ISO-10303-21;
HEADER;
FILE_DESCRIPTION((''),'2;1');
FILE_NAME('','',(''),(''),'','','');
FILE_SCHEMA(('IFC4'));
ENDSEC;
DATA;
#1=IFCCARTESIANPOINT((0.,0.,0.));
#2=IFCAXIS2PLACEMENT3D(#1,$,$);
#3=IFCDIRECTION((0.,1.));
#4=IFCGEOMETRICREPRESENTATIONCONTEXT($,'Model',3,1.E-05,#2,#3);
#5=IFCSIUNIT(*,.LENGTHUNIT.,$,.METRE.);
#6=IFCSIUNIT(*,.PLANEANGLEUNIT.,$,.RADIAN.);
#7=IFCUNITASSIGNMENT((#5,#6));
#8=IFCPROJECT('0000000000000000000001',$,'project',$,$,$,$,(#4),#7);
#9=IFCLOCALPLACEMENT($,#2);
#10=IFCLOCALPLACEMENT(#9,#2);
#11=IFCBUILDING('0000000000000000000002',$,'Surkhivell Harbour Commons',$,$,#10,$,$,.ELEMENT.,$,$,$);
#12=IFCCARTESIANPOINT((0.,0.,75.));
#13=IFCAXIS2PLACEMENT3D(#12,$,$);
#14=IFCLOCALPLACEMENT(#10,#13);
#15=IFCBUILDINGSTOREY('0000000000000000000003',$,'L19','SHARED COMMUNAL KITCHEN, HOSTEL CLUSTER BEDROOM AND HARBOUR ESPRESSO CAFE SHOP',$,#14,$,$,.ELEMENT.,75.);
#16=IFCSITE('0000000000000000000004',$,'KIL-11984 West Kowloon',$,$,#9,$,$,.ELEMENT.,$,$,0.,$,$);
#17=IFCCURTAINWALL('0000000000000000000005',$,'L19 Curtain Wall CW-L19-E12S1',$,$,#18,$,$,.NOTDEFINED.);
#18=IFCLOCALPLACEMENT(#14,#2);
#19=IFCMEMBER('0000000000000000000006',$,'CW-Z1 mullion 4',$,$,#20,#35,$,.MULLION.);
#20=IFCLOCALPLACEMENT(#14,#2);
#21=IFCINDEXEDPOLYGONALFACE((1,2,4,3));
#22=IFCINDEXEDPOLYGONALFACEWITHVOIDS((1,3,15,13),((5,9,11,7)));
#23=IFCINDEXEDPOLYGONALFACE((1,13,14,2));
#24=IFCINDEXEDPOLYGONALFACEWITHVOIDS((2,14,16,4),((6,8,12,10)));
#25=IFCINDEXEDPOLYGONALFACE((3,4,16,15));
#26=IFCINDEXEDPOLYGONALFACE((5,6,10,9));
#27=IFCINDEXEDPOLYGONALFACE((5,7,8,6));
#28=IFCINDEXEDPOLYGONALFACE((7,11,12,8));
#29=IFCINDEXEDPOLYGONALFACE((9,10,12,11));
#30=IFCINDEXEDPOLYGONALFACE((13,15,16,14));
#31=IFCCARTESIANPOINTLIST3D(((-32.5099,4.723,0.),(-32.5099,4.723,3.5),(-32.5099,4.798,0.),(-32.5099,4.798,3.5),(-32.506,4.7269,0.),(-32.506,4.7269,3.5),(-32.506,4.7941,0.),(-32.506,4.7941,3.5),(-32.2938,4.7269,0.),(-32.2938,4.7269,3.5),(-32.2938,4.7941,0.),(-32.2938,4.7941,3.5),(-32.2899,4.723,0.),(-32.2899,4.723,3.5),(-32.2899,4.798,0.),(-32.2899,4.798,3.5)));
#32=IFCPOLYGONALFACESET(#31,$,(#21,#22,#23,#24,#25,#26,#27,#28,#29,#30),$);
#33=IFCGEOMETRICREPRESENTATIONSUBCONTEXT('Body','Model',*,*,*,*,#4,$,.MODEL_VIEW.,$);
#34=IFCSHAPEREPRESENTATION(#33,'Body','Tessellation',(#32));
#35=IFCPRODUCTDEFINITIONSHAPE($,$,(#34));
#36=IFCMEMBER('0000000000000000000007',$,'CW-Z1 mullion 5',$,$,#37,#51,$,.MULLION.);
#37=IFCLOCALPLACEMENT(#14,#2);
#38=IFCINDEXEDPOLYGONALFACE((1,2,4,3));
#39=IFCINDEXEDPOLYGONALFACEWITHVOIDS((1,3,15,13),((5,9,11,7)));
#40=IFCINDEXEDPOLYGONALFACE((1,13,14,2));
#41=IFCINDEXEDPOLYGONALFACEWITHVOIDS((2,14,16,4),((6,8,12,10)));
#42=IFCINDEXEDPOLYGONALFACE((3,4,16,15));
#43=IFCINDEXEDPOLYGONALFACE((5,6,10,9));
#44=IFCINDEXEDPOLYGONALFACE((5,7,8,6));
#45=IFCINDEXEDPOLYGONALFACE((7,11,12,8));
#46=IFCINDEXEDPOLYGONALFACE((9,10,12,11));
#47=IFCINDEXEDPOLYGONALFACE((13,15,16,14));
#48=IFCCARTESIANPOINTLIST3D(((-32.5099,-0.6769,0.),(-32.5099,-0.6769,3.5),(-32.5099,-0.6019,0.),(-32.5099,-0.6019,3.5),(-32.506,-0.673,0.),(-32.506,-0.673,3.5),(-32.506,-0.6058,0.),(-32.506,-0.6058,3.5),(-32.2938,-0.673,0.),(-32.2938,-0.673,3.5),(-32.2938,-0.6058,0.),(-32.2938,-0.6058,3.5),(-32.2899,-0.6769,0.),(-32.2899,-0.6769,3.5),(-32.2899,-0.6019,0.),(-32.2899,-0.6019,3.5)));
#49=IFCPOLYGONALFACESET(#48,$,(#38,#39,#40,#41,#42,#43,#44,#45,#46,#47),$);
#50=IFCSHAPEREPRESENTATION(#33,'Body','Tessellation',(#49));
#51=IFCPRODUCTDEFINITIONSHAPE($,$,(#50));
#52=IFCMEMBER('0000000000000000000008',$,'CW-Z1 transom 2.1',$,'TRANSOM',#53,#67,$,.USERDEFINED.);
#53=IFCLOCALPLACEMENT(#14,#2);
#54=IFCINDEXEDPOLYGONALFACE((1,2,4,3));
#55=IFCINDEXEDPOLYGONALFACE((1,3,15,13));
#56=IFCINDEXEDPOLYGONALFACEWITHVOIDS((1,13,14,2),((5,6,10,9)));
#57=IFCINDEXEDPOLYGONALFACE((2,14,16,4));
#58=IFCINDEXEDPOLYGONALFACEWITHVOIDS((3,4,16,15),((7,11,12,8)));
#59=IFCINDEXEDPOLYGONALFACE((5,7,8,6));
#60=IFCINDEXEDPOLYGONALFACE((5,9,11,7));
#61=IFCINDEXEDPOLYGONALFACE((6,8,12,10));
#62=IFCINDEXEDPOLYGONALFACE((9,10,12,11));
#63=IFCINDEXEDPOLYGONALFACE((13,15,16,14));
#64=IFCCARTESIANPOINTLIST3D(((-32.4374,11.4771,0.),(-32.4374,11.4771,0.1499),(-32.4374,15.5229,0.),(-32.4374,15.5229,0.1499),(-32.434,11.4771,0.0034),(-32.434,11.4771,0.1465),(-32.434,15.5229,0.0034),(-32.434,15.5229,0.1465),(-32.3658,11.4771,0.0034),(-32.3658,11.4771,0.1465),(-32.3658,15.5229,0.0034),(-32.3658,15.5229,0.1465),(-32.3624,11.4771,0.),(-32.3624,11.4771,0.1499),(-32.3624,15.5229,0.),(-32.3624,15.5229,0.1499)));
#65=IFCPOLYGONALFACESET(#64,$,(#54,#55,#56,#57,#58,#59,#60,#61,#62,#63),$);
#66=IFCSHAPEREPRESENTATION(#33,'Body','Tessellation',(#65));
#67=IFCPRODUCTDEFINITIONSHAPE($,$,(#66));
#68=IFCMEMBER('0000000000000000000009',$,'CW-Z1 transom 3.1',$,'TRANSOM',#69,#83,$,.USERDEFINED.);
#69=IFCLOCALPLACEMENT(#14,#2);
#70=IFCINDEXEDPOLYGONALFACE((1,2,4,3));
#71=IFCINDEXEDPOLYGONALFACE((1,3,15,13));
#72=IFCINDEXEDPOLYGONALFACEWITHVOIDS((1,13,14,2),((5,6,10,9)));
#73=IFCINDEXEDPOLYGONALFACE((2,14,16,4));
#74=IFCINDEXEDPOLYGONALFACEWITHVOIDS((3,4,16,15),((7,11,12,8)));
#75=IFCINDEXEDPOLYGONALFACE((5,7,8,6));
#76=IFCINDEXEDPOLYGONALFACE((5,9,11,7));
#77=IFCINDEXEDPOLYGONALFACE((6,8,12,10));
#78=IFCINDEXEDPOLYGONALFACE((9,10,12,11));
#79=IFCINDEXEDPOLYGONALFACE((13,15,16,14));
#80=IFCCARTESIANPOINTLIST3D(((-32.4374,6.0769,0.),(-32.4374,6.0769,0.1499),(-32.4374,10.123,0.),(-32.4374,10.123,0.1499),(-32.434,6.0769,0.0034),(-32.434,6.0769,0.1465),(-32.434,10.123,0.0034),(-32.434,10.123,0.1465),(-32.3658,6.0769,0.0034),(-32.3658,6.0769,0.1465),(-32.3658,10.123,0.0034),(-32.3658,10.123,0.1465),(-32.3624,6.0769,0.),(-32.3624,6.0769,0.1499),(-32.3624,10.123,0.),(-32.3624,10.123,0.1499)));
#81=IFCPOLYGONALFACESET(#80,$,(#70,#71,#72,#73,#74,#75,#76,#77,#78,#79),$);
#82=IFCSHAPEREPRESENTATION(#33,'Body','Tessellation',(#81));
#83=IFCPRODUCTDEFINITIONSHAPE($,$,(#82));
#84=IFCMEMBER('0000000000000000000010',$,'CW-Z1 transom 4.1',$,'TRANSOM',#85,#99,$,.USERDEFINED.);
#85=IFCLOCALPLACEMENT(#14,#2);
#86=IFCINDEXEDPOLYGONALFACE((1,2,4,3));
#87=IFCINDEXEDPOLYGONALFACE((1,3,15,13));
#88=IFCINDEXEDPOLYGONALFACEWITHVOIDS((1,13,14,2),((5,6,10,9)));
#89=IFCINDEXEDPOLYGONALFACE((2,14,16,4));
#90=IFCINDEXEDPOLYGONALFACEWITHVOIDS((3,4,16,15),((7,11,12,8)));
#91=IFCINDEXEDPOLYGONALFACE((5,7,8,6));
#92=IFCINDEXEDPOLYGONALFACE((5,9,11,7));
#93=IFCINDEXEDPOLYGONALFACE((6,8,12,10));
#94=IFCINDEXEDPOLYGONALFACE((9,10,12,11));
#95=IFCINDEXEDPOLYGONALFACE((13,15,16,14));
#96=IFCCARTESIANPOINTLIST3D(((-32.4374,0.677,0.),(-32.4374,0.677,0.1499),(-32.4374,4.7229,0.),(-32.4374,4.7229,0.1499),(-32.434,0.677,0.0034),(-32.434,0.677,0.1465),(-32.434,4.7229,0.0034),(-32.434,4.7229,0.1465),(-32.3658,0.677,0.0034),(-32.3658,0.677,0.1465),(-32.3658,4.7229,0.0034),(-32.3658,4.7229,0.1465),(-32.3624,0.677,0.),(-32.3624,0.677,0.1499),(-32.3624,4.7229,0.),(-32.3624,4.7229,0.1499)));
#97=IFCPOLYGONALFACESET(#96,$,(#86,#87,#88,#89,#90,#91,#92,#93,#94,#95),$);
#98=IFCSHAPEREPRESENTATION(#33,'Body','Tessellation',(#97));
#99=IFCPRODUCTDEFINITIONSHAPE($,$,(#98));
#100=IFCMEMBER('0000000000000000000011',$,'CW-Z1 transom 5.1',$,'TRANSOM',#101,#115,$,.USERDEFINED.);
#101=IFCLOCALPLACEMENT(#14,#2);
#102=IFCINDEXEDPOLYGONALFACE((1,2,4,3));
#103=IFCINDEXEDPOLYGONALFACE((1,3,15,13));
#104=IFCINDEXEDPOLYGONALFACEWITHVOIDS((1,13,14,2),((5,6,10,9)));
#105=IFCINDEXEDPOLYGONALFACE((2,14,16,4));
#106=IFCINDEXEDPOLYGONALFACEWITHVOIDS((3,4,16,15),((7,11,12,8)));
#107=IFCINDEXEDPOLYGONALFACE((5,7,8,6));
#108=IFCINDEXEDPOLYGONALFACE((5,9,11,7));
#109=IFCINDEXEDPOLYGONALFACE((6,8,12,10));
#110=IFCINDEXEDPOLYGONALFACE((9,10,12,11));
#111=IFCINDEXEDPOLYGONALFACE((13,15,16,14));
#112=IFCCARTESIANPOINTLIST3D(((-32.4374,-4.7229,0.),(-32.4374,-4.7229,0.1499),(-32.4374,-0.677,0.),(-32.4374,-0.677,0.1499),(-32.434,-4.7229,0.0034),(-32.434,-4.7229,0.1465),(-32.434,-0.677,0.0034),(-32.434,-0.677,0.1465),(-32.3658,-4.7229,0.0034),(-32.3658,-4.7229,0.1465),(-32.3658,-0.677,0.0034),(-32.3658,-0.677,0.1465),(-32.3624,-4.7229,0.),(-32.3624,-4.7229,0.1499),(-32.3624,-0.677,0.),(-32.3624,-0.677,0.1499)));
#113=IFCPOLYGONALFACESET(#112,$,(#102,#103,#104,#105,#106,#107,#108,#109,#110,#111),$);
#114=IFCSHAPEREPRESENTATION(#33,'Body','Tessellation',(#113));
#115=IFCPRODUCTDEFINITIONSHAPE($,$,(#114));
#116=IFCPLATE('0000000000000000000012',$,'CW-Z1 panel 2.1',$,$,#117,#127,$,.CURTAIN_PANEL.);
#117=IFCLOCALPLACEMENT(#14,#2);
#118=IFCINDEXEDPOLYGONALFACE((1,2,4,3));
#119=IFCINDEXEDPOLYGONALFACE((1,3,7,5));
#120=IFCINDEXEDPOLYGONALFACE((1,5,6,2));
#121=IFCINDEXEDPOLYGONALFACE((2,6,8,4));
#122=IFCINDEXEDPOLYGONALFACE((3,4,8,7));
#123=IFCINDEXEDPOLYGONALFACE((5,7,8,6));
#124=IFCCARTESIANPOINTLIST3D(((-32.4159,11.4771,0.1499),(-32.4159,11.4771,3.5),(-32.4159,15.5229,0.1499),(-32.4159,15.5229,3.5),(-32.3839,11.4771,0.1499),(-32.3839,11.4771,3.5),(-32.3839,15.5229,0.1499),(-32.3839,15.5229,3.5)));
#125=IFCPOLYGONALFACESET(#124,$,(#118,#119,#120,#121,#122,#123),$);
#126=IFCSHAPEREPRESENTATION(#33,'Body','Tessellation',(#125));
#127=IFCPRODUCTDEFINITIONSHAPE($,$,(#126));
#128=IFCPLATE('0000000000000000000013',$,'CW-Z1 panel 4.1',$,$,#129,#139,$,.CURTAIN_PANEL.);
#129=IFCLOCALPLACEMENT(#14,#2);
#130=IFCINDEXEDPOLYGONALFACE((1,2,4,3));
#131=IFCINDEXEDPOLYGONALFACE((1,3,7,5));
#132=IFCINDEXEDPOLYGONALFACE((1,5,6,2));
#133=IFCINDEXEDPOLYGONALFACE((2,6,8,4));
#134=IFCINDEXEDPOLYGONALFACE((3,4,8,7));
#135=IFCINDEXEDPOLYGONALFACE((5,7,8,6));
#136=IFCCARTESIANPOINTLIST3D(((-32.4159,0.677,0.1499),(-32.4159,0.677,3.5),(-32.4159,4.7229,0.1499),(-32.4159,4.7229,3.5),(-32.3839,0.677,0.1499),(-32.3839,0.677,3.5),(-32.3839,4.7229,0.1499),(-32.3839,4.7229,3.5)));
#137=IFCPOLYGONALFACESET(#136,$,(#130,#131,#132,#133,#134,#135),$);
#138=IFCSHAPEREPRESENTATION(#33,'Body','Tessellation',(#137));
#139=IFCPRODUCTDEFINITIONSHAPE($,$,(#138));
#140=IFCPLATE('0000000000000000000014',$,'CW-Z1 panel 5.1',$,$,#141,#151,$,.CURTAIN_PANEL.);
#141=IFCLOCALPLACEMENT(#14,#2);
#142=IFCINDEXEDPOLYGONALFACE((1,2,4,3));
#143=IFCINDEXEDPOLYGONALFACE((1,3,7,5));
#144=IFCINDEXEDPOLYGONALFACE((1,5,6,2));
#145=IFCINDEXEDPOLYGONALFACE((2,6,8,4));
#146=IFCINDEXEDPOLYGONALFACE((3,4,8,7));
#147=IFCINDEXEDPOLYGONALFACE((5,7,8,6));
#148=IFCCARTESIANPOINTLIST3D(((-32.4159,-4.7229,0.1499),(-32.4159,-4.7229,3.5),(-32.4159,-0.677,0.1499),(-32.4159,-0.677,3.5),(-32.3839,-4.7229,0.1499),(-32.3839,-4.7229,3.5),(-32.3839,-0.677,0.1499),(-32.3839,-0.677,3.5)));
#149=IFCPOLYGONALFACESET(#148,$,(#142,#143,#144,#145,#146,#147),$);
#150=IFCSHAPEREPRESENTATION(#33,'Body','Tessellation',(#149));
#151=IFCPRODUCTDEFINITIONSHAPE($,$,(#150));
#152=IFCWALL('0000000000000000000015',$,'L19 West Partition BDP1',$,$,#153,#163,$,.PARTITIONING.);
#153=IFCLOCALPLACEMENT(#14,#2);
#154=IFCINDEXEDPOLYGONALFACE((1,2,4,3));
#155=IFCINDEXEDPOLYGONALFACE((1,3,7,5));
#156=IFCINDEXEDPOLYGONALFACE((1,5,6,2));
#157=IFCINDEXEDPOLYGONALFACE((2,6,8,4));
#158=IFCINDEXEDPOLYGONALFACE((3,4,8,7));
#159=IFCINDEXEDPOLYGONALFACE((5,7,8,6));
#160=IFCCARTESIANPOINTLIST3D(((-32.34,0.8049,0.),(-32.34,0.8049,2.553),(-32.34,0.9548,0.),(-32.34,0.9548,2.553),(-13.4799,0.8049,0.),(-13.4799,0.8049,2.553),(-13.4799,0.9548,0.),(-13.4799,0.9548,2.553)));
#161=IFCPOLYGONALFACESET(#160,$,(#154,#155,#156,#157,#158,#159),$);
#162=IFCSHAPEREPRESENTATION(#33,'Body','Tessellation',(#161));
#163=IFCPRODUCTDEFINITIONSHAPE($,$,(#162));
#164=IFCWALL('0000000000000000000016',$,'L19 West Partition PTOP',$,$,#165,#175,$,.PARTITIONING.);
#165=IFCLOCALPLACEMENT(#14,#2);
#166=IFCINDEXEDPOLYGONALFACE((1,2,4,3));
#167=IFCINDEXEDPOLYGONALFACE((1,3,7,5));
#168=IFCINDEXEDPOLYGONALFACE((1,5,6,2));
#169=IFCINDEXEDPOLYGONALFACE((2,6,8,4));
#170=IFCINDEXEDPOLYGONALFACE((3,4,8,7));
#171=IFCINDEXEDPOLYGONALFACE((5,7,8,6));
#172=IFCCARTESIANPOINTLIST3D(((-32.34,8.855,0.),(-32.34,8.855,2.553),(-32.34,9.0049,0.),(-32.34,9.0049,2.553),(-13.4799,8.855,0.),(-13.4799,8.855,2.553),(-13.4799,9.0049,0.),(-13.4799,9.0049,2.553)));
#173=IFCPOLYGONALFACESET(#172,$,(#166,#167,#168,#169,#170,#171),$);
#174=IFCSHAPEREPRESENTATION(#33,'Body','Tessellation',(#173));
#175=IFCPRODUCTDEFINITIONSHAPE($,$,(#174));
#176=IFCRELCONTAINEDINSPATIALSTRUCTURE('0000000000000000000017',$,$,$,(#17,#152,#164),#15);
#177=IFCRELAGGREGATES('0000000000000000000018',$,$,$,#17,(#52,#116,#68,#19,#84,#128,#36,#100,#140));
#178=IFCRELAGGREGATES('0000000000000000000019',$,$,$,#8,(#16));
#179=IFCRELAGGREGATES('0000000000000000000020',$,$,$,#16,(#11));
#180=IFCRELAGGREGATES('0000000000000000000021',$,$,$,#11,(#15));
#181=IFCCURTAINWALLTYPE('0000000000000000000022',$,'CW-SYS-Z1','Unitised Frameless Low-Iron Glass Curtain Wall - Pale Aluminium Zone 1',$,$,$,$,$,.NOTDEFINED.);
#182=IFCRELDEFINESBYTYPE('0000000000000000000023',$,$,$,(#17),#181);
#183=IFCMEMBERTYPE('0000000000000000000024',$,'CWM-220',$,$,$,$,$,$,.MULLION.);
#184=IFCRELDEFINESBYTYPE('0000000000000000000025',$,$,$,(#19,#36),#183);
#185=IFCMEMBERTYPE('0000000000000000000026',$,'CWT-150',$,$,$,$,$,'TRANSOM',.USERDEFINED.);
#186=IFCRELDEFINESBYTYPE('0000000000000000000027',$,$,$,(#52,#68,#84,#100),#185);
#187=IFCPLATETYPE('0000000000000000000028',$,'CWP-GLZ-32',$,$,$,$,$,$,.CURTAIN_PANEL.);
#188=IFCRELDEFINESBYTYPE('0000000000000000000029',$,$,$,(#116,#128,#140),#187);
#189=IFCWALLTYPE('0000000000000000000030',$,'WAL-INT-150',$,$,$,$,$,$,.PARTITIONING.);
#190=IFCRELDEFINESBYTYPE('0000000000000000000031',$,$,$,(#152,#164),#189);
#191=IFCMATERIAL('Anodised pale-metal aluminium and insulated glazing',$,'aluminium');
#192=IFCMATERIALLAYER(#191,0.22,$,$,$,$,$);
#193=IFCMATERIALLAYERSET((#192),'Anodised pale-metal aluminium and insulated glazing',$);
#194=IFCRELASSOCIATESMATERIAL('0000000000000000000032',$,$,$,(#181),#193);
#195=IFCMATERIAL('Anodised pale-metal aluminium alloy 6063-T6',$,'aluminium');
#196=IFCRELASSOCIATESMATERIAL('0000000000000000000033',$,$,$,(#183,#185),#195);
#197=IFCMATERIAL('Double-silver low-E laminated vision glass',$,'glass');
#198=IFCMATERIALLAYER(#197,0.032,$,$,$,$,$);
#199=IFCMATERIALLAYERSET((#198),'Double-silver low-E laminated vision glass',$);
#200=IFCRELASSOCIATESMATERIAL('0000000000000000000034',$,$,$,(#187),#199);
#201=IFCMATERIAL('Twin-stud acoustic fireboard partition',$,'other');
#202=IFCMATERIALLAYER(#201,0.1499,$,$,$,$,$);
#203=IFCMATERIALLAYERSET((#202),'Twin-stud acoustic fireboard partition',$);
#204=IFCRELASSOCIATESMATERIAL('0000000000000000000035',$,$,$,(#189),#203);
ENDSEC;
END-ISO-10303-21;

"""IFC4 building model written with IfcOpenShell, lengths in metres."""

from ifc_helpers import new_model, si_unit, direction, frame, frame_2d, origin, origin_2d, place, context, subcontext, project, spatial, rectangle, hollow_rectangle, extrude, material, layer, layer_set, material_profile, profile_set, type_object, element, aggregate, save


model = new_model("IFC4")

# Units and contexts
model_context = context("Model", 3, precision=1e-05, world=origin(), true_north=direction((0.0, 1.0)))
body_context = subcontext(model_context, "Body", "Model", "MODEL_VIEW")
ifc_project = project(units=[si_unit("LENGTHUNIT", "METRE"), si_unit("PLANEANGLEUNIT", "RADIAN")], contexts=[model_context])

# Site, building, storey
site_placement = place(None, origin())
site = spatial("IfcSite", under=ifc_project, at=site_placement, Name="KIL-11984 West Kowloon", CompositionType="ELEMENT", RefElevation=0.0)
building_placement = place(site_placement, origin())
building = spatial("IfcBuilding", under=site, at=building_placement, Name="Surkhivell Harbour Commons", CompositionType="ELEMENT")
storey_placement = place(building_placement, frame((0.0, 0.0, 75.0)))
storey = spatial("IfcBuildingStorey", under=building, at=storey_placement, Name="L19", Description="SHARED COMMUNAL KITCHEN, HOSTEL CLUSTER BEDROOM AND HARBOUR ESPRESSO CAFE SHOP", CompositionType="ELEMENT", Elevation=75.0)

# Curtain wall, members, plates
ifc_material_1 = material(Name="Anodised pale-metal aluminium and insulated glazing", Category="aluminium")
ifc_layer_1 = layer(ifc_material_1, 0.22)
ifc_layer_set_1 = layer_set([ifc_layer_1], Name="Anodised pale-metal aluminium and insulated glazing")
curtain_wall_type = type_object("IfcCurtainWallType", Name="CW-SYS-Z1", Description="Unitised Frameless Low-Iron Glass Curtain Wall - Pale Aluminium Zone 1", PredefinedType="NOTDEFINED", material=ifc_layer_set_1)
curtain_wall_placement = place(storey_placement, origin())
curtain_wall = element("IfcCurtainWall", 1, at=curtain_wall_placement, inside=storey, type_object=curtain_wall_type, Name="L19 Curtain Wall CW-L19-E12S1", PredefinedType="NOTDEFINED")
ifc_material_2 = material(Name="Anodised pale-metal aluminium alloy 6063-T6", Category="aluminium")
ifc_material_profile_1 = material_profile(ifc_material_2, hollow_rectangle(XDim=0.075, YDim=0.22, WallThickness=0.0039, at=origin_2d()), Name="ALU-MULL-75x220")
ifc_profile_set_1 = profile_set([ifc_material_profile_1], Name="Anodised pale-metal aluminium alloy 6063-T6")
member_type_1 = type_object("IfcMemberType", Name="CWM-220", PredefinedType="MULLION", material=ifc_profile_set_1)
member_1_placement = place(storey_placement, frame((-32.3999, 4.7605, 0.0), z_axis=(0.0, 0.0, 1.0), x_axis=(0.0, -1.0, 0.0)))
member_1 = element("IfcMember", 2, at=member_1_placement, type_object=member_type_1, Name="CW-Z1 mullion 4", PredefinedType="MULLION", context=body_context, shape_type="SweptSolid", body=[
    extrude(hollow_rectangle(XDim=0.075, YDim=0.22, WallThickness=0.0039, at=origin_2d()), origin(), (0.0, 0.0, 1.0), 3.5),
])
member_2_placement = place(storey_placement, frame((-32.3999, -0.6394, 0.0), z_axis=(0.0, 0.0, 1.0), x_axis=(0.0, -1.0, 0.0)))
member_2 = element("IfcMember", 3, at=member_2_placement, type_object=member_type_1, Name="CW-Z1 mullion 5", PredefinedType="MULLION", context=body_context, shape_type="SweptSolid", body=[
    extrude(hollow_rectangle(XDim=0.075, YDim=0.22, WallThickness=0.0039, at=origin_2d()), origin(), (0.0, 0.0, 1.0), 3.5),
])
ifc_material_profile_2 = material_profile(ifc_material_2, hollow_rectangle(XDim=0.075, YDim=0.1499, WallThickness=0.0034, at=origin_2d()), Name="ALU-TRAN-75x150")
ifc_profile_set_2 = profile_set([ifc_material_profile_2], Name="Anodised pale-metal aluminium alloy 6063-T6")
member_type_2 = type_object("IfcMemberType", Name="CWT-150", ElementType="TRANSOM", PredefinedType="USERDEFINED", material=ifc_profile_set_2)
member_3_placement = place(storey_placement, frame((-32.3999, 15.5229, 0.075), z_axis=(0.0, -1.0, 0.0), x_axis=(1.0, 0.0, 0.0)))
member_3 = element("IfcMember", 4, at=member_3_placement, type_object=member_type_2, Name="CW-Z1 transom 2.1", ObjectType="TRANSOM", PredefinedType="USERDEFINED", context=body_context, shape_type="SweptSolid", body=[
    extrude(hollow_rectangle(XDim=0.075, YDim=0.1499, WallThickness=0.0034, at=origin_2d()), origin(), (0.0, 0.0, 1.0), 4.0459),
])
member_4_placement = place(storey_placement, frame((-32.3999, 10.123, 0.075), z_axis=(0.0, -1.0, 0.0), x_axis=(1.0, 0.0, 0.0)))
member_4 = element("IfcMember", 5, at=member_4_placement, type_object=member_type_2, Name="CW-Z1 transom 3.1", ObjectType="TRANSOM", PredefinedType="USERDEFINED", context=body_context, shape_type="SweptSolid", body=[
    extrude(hollow_rectangle(XDim=0.075, YDim=0.1499, WallThickness=0.0034, at=origin_2d()), origin(), (0.0, 0.0, 1.0), 4.0461),
])
member_5_placement = place(storey_placement, frame((-32.3999, 4.7229, 0.075), z_axis=(0.0, -1.0, 0.0), x_axis=(1.0, 0.0, 0.0)))
member_5 = element("IfcMember", 6, at=member_5_placement, type_object=member_type_2, Name="CW-Z1 transom 4.1", ObjectType="TRANSOM", PredefinedType="USERDEFINED", context=body_context, shape_type="SweptSolid", body=[
    extrude(hollow_rectangle(XDim=0.075, YDim=0.1499, WallThickness=0.0034, at=origin_2d()), origin(), (0.0, 0.0, 1.0), 4.0459),
])
member_6_placement = place(storey_placement, frame((-32.3999, -0.677, 0.075), z_axis=(0.0, -1.0, 0.0), x_axis=(1.0, 0.0, 0.0)))
member_6 = element("IfcMember", 7, at=member_6_placement, type_object=member_type_2, Name="CW-Z1 transom 5.1", ObjectType="TRANSOM", PredefinedType="USERDEFINED", context=body_context, shape_type="SweptSolid", body=[
    extrude(hollow_rectangle(XDim=0.075, YDim=0.1499, WallThickness=0.0034, at=origin_2d()), origin(), (0.0, 0.0, 1.0), 4.0459),
])
ifc_material_3 = material(Name="Double-silver low-E laminated vision glass", Category="glass")
ifc_layer_2 = layer(ifc_material_3, 0.032)
ifc_layer_set_2 = layer_set([ifc_layer_2], Name="Double-silver low-E laminated vision glass")
plate_type = type_object("IfcPlateType", Name="CWP-GLZ-32", PredefinedType="CURTAIN_PANEL", material=ifc_layer_set_2)
plate_1_placement = place(storey_placement, frame((-32.3999, 15.5229, 0.1499), z_axis=(0.0, 0.0, 1.0), x_axis=(0.0, -1.0, 0.0)))
plate_1 = element("IfcPlate", 8, at=plate_1_placement, type_object=plate_type, Name="CW-Z1 panel 2.1", PredefinedType="CURTAIN_PANEL", context=body_context, shape_type="SweptSolid", body=[
    extrude(rectangle(XDim=4.0459, YDim=0.032, at=frame_2d((2.0229, 0.0))), origin(), (0.0, 0.0, 1.0), 3.3501),
])
plate_2_placement = place(storey_placement, frame((-32.3999, 4.7229, 0.1499), z_axis=(0.0, 0.0, 1.0), x_axis=(0.0, -1.0, 0.0)))
plate_2 = element("IfcPlate", 9, at=plate_2_placement, type_object=plate_type, Name="CW-Z1 panel 4.1", PredefinedType="CURTAIN_PANEL", context=body_context, shape_type="SweptSolid", body=[
    extrude(rectangle(XDim=4.0459, YDim=0.032, at=frame_2d((2.0229, 0.0))), origin(), (0.0, 0.0, 1.0), 3.3501),
])
plate_3_placement = place(storey_placement, frame((-32.3999, -0.677, 0.1499), z_axis=(0.0, 0.0, 1.0), x_axis=(0.0, -1.0, 0.0)))
plate_3 = element("IfcPlate", 10, at=plate_3_placement, type_object=plate_type, Name="CW-Z1 panel 5.1", PredefinedType="CURTAIN_PANEL", context=body_context, shape_type="SweptSolid", body=[
    extrude(rectangle(XDim=4.0459, YDim=0.032, at=frame_2d((2.0229, 0.0))), origin(), (0.0, 0.0, 1.0), 3.3501),
])
aggregate(curtain_wall, [member_3, plate_1, member_4, member_1, member_5, plate_2, member_2, member_6, plate_3])

# Walls
ifc_material_4 = material(Name="Twin-stud acoustic fireboard partition", Category="other")
ifc_layer_3 = layer(ifc_material_4, 0.1499)
ifc_layer_set_3 = layer_set([ifc_layer_3], Name="Twin-stud acoustic fireboard partition")
wall_type = type_object("IfcWallType", Name="WAL-INT-150", PredefinedType="PARTITIONING", material=ifc_layer_set_3)
for number, where, z_axis, x_axis, name in (
    (11, (-32.3401, 0.8799, 0.0), (0.0, 0.0, 1.0), (1.0, 0.0, 0.0), "L19 West Partition BDP1"),
    (12, (-32.3401, 8.9299, 0.0), (0.0, 0.0, 1.0), (1.0, 0.0, 0.0), "L19 West Partition PTOP"),
):
    element("IfcWall", number, at=place(storey_placement, frame(where, z_axis=z_axis, x_axis=x_axis)), inside=storey, type_object=wall_type, Name=name, PredefinedType="PARTITIONING", context=body_context, shape_type="SweptSolid", body=[
        extrude(rectangle(XDim=18.8601, YDim=0.1499, at=frame_2d((9.4302, 0.0))), origin(), (0.0, 0.0, 1.0), 2.553),
    ])

save(model, "model.ifc")
